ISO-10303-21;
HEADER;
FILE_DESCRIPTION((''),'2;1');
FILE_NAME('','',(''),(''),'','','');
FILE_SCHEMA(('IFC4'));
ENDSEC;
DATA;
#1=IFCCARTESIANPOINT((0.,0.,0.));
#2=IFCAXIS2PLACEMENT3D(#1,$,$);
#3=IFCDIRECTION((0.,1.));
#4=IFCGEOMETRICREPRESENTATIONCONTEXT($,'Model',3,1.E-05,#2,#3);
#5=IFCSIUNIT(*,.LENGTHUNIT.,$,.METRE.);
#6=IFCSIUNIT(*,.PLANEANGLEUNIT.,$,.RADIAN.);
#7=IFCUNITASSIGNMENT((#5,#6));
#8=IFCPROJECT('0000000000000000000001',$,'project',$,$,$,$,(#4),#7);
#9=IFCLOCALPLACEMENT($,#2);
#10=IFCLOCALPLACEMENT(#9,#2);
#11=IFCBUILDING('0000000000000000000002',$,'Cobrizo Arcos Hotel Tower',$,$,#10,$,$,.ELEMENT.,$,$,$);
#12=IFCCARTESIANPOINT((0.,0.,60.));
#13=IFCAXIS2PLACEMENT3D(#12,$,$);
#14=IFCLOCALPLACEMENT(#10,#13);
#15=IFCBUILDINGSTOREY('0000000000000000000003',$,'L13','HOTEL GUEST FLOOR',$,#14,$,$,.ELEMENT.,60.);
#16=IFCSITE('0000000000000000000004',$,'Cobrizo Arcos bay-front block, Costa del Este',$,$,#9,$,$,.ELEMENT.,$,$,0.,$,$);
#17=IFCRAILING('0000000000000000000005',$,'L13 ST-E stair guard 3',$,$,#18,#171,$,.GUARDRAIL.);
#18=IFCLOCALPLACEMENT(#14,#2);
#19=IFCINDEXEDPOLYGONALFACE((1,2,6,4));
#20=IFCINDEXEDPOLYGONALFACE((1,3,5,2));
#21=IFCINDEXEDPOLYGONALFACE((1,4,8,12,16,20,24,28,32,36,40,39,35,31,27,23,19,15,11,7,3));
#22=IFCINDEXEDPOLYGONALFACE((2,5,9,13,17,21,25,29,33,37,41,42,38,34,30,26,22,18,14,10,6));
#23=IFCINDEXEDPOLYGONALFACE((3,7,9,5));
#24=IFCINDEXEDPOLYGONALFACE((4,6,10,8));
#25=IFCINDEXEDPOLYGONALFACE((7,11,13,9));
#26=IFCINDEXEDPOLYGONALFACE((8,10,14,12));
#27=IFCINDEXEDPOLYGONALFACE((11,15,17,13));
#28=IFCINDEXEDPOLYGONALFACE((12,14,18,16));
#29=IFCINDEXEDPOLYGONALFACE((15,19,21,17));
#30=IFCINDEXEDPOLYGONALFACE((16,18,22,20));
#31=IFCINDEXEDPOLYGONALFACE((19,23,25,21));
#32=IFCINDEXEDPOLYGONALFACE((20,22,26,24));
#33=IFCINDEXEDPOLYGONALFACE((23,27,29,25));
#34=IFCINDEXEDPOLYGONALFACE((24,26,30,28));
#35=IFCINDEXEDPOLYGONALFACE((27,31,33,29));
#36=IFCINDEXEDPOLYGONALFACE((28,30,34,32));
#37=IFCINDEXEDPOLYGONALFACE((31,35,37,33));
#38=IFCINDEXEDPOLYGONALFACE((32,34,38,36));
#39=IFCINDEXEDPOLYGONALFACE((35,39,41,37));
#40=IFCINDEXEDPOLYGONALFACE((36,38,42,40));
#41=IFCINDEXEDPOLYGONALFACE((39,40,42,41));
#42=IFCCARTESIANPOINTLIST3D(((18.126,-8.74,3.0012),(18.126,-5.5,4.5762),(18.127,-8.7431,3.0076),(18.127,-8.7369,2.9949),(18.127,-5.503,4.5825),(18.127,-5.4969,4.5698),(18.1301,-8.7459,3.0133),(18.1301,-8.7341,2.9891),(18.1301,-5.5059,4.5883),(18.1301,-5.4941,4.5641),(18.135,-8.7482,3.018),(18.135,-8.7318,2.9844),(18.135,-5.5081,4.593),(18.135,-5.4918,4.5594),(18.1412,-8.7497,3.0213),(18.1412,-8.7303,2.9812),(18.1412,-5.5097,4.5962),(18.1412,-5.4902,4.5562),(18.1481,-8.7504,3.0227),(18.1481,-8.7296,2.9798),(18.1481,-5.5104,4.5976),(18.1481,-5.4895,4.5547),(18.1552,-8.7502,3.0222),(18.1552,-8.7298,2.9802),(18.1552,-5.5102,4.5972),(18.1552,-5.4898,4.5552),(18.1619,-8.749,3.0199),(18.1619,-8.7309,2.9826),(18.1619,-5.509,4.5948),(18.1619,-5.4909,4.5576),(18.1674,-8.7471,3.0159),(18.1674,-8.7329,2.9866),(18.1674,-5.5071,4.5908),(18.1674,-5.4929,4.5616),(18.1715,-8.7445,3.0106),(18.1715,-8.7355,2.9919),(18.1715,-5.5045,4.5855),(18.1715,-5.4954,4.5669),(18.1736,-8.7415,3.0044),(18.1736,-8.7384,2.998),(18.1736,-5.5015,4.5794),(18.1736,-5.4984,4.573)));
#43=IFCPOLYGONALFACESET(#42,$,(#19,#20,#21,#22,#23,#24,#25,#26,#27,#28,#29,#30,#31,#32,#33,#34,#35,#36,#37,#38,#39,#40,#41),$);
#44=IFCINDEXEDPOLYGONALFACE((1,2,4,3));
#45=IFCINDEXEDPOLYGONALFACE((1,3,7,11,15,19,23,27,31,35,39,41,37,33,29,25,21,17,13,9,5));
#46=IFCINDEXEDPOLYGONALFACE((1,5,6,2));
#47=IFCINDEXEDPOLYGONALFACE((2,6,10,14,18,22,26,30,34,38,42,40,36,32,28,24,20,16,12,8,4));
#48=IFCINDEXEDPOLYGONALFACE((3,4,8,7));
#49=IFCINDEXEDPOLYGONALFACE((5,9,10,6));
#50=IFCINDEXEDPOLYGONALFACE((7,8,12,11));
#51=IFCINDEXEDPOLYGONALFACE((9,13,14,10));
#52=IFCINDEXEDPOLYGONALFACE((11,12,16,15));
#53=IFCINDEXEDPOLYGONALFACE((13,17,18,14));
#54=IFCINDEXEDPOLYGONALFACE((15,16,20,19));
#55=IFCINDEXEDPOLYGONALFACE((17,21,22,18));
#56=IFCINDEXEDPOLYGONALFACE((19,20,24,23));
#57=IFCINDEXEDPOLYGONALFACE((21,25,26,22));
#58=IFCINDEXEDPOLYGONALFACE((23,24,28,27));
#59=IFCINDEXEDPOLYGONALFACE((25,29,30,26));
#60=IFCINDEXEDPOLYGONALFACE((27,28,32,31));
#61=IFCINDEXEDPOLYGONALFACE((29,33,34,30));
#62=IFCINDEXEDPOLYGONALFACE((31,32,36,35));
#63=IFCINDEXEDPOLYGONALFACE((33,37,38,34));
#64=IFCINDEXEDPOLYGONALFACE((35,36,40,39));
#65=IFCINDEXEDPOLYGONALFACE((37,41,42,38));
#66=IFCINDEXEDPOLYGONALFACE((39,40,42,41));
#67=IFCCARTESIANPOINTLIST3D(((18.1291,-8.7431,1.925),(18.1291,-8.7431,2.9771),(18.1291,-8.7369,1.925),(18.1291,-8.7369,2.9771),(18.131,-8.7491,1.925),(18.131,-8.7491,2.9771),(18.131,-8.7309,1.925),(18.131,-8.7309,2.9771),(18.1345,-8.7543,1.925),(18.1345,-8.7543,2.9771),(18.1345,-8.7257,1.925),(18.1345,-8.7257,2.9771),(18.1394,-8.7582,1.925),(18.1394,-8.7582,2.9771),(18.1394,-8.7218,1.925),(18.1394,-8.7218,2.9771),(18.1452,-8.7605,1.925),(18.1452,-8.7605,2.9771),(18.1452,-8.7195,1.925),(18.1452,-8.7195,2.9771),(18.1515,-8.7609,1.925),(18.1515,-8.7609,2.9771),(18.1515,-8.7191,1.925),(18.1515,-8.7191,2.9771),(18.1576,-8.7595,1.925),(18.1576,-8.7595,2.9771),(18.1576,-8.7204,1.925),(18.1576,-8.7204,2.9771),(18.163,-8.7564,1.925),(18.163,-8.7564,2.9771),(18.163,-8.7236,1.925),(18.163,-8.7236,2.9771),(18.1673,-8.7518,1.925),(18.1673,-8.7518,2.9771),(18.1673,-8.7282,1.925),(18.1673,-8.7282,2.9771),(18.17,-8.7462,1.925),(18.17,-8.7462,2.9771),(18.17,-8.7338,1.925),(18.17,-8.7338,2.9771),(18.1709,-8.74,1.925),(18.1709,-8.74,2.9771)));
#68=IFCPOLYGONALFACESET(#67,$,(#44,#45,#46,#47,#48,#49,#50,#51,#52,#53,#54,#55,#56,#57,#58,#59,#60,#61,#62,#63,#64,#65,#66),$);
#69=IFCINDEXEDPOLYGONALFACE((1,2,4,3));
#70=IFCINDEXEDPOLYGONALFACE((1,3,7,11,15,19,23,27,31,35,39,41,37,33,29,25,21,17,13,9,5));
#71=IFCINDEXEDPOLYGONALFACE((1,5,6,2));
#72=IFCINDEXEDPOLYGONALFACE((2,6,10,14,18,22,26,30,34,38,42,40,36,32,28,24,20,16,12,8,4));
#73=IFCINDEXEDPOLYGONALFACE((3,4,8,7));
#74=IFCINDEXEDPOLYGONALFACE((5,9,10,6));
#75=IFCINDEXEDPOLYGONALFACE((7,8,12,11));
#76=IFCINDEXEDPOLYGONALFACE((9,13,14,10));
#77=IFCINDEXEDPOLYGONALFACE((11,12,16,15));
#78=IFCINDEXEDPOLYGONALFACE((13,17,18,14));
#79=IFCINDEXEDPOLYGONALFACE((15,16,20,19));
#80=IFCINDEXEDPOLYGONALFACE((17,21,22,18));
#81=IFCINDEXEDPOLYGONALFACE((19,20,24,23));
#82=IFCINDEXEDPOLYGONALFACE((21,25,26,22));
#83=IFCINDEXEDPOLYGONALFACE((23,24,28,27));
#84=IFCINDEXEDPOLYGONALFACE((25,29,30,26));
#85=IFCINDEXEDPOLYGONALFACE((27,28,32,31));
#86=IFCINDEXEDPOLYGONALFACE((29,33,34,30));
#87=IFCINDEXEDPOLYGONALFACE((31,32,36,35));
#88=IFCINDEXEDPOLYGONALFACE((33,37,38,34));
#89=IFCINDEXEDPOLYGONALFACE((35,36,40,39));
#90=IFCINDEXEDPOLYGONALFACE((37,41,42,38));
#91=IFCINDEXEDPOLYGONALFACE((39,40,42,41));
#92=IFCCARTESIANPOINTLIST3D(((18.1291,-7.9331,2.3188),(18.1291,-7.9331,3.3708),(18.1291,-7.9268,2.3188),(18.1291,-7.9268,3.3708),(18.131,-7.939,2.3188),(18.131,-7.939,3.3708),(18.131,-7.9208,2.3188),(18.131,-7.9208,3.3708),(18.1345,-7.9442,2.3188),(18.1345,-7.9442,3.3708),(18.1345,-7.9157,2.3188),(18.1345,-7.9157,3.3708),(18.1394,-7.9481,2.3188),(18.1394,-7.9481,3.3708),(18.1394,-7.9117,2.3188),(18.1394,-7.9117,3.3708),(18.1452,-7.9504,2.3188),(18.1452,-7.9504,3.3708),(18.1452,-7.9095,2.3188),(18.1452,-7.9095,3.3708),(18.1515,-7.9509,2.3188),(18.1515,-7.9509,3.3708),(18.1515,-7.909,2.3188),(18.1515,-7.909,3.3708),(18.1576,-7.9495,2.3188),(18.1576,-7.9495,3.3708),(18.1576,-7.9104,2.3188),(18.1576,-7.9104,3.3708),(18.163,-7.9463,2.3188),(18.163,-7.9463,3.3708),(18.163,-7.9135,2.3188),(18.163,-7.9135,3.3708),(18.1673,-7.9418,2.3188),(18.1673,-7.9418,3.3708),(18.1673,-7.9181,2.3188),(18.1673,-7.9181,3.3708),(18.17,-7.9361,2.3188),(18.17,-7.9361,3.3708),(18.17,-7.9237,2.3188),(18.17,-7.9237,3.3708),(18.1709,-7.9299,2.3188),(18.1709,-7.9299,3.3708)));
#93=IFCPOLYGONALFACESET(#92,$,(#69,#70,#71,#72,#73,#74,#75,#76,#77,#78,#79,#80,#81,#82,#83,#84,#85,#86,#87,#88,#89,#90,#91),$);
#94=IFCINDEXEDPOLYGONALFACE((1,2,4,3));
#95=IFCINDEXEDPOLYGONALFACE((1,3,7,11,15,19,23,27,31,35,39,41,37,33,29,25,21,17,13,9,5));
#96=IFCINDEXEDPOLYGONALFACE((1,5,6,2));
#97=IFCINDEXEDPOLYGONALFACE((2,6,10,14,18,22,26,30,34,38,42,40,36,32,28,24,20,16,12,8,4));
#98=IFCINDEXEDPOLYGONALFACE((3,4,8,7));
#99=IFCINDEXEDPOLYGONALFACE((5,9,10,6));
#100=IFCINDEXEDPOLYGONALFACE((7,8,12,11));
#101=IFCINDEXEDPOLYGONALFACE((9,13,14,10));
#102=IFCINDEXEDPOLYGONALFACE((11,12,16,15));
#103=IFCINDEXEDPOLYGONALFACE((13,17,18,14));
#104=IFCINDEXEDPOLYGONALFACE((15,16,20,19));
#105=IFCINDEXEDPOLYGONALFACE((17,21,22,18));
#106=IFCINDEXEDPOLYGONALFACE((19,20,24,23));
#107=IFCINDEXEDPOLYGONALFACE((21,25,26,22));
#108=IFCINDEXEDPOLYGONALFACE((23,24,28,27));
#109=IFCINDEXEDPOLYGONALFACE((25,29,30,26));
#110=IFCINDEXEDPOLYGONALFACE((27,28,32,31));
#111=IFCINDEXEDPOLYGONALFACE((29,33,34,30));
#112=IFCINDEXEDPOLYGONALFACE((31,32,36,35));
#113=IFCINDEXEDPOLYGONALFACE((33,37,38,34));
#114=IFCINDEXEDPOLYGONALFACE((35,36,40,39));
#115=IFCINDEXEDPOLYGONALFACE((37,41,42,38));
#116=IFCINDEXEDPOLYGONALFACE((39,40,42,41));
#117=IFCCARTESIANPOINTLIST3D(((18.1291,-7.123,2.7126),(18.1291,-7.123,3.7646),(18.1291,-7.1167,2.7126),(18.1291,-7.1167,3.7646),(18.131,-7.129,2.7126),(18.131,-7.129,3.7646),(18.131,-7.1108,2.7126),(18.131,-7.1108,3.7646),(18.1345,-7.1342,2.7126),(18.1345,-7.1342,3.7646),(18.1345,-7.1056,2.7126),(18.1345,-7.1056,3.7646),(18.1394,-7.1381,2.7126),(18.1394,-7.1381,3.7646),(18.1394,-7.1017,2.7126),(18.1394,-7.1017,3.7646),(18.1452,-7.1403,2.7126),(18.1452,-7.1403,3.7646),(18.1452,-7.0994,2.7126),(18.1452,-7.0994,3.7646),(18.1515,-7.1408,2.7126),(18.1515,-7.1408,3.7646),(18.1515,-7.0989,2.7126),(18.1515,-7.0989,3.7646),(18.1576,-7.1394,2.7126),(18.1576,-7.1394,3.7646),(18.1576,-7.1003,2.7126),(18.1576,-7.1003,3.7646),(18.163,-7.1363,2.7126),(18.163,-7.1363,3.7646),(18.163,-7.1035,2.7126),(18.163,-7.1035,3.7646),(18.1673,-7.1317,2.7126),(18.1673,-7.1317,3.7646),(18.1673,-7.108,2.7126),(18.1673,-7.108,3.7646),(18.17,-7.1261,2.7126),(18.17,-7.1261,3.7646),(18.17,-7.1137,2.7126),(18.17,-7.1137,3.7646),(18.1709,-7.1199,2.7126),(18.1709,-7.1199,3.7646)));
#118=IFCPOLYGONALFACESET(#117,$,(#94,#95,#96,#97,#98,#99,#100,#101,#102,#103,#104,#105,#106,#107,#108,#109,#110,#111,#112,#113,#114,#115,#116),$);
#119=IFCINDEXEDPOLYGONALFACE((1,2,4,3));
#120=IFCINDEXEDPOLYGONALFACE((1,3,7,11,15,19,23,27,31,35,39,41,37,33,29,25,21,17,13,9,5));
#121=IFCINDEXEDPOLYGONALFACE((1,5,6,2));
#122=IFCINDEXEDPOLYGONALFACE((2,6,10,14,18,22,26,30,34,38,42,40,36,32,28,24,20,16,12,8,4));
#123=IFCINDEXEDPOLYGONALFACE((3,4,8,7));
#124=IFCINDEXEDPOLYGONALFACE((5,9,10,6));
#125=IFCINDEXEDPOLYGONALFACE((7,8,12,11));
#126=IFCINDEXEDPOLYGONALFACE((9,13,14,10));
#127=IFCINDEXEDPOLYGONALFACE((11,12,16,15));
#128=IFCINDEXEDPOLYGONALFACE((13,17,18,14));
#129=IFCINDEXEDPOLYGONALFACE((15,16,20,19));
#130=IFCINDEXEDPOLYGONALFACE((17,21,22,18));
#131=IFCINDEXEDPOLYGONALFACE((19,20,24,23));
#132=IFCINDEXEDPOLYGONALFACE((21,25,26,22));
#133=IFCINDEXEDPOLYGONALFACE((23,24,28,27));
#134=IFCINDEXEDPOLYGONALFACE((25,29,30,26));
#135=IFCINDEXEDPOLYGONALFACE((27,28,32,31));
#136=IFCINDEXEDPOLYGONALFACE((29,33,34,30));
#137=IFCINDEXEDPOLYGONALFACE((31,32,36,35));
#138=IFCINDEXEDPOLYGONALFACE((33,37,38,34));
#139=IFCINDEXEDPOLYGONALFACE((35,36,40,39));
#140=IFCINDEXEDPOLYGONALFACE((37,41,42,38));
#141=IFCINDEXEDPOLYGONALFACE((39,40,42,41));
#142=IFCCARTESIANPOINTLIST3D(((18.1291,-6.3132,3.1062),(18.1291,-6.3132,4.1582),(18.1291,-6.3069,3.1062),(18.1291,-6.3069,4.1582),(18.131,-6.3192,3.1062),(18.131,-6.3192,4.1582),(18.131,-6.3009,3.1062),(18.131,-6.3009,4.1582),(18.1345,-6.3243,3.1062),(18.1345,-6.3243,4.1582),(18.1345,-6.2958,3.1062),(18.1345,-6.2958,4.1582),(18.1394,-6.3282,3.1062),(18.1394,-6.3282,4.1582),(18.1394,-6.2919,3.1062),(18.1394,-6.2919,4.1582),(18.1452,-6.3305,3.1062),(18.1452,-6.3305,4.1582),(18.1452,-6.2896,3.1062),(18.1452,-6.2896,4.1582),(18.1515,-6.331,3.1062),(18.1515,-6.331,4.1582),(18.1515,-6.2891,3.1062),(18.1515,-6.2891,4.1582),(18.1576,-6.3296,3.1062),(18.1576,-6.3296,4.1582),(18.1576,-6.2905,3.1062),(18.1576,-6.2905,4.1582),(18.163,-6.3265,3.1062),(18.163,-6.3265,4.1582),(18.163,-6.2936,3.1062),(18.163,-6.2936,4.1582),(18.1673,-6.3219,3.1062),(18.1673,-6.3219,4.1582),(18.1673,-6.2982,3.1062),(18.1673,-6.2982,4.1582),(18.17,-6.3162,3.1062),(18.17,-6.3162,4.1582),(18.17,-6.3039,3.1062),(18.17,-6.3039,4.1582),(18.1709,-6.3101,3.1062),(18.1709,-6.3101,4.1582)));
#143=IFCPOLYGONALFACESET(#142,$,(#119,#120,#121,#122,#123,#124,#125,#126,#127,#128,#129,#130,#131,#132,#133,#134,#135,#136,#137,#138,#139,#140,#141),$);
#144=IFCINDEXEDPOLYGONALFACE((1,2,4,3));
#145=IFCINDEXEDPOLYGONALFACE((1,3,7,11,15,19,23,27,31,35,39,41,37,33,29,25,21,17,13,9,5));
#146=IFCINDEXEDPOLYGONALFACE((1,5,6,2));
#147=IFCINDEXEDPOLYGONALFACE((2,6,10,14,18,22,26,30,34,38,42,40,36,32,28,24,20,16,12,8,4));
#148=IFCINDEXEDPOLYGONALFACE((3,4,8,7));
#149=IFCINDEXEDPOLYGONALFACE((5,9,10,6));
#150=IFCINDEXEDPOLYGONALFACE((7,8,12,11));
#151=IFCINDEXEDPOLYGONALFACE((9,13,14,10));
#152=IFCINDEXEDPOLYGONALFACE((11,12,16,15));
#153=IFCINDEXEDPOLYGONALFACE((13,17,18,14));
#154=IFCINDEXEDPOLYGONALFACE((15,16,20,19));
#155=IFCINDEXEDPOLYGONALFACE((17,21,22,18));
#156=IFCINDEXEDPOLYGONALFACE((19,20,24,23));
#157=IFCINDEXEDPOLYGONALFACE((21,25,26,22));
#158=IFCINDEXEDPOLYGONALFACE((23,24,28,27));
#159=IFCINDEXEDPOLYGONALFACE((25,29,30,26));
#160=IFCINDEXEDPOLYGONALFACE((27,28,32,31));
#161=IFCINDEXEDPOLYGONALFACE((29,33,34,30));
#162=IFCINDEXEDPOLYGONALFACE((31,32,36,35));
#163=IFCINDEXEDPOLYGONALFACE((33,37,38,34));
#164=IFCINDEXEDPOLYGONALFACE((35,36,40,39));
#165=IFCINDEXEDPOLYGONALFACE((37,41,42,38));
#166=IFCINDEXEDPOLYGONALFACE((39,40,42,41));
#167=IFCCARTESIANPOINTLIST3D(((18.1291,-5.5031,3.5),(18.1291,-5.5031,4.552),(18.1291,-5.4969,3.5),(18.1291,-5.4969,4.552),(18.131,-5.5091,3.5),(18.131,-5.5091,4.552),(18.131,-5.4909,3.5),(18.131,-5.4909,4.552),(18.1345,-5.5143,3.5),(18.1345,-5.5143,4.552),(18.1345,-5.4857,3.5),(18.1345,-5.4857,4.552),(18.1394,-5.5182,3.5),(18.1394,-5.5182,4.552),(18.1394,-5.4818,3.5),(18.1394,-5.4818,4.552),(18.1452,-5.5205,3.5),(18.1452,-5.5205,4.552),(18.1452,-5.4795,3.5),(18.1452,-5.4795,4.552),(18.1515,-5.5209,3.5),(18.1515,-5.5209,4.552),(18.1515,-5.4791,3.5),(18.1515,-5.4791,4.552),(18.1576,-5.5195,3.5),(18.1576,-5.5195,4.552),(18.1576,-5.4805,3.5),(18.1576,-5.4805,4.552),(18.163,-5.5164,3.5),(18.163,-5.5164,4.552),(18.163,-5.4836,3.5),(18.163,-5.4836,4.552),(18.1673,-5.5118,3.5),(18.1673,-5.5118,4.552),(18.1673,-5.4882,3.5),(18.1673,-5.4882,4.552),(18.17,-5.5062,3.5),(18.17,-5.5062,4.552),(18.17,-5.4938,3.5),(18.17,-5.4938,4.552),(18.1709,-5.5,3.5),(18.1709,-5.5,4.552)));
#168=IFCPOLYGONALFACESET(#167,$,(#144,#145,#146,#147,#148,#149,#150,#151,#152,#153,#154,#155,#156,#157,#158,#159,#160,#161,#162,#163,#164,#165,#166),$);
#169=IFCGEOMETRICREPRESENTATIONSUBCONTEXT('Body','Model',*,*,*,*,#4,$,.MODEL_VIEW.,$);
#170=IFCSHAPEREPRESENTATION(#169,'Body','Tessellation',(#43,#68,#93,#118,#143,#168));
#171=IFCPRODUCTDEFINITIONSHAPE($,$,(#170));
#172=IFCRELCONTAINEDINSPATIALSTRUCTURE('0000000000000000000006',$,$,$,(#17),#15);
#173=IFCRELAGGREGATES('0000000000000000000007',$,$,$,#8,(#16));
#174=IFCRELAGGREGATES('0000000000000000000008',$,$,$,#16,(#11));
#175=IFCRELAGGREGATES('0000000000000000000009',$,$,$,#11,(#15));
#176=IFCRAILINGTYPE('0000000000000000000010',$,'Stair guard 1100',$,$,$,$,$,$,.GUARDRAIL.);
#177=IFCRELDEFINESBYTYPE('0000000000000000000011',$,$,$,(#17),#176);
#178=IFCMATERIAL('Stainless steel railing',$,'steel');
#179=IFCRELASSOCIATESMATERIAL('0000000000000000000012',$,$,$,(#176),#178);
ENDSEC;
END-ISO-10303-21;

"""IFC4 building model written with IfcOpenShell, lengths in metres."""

from ifc_helpers import new_model, si_unit, direction, frame, origin, origin_2d, place, context, subcontext, project, spatial, circle, extrude, material, type_object, element, save


model = new_model("IFC4")

# Units and contexts
model_context = context("Model", 3, precision=1e-05, world=origin(), true_north=direction((0.0, 1.0)))
body_context = subcontext(model_context, "Body", "Model", "MODEL_VIEW")
ifc_project = project(units=[si_unit("LENGTHUNIT", "METRE"), si_unit("PLANEANGLEUNIT", "RADIAN")], contexts=[model_context])

# Site, building, storey
site_placement = place(None, origin())
site = spatial("IfcSite", under=ifc_project, at=site_placement, Name="Cobrizo Arcos bay-front block, Costa del Este", CompositionType="ELEMENT", RefElevation=0.0)
building_placement = place(site_placement, origin())
building = spatial("IfcBuilding", under=site, at=building_placement, Name="Cobrizo Arcos Hotel Tower", CompositionType="ELEMENT")
storey_placement = place(building_placement, frame((0.0, 0.0, 60.0)))
storey = spatial("IfcBuildingStorey", under=building, at=storey_placement, Name="L13", Description="HOTEL GUEST FLOOR", CompositionType="ELEMENT", Elevation=60.0)

# Railing
ifc_material_1 = material(Name="Stainless steel railing", Category="steel")
railing_type_1 = type_object("IfcRailingType", Name="Stair guard 1100", PredefinedType="GUARDRAIL", material=ifc_material_1)
railing_1_placement = place(storey_placement, frame((18.1499, -8.74, 1.925)))
element("IfcRailing", 1, at=railing_1_placement, inside=storey, type_object=railing_type_1, Name="L13 ST-E stair guard 3", PredefinedType="GUARDRAIL", context=body_context, shape_type="SweptSolid", body=[
    extrude(circle(Radius=0.0239, at=origin_2d()), frame((0.0, 0.0, 1.0762), z_axis=(0.0, 0.899373, 0.437183), x_axis=(-1.0, 0.0, 0.0)), (0.0, 0.0, 1.0), 3.6025),
    extrude(circle(Radius=0.021, at=origin_2d()), origin(), (0.0, 0.0, 1.0), 1.052),
    extrude(circle(Radius=0.021, at=origin_2d()), frame((0.0, 0.8101, 0.3938)), (0.0, 0.0, 1.0), 1.052),
    extrude(circle(Radius=0.021, at=origin_2d()), frame((0.0, 1.6201, 0.7876)), (0.0, 0.0, 1.0), 1.052),
    extrude(circle(Radius=0.021, at=origin_2d()), frame((0.0, 2.4299, 1.1812)), (0.0, 0.0, 1.0), 1.052),
    extrude(circle(Radius=0.021, at=origin_2d()), frame((0.0, 3.24, 1.575)), (0.0, 0.0, 1.0), 1.052),
])

save(model, "model.ifc")
